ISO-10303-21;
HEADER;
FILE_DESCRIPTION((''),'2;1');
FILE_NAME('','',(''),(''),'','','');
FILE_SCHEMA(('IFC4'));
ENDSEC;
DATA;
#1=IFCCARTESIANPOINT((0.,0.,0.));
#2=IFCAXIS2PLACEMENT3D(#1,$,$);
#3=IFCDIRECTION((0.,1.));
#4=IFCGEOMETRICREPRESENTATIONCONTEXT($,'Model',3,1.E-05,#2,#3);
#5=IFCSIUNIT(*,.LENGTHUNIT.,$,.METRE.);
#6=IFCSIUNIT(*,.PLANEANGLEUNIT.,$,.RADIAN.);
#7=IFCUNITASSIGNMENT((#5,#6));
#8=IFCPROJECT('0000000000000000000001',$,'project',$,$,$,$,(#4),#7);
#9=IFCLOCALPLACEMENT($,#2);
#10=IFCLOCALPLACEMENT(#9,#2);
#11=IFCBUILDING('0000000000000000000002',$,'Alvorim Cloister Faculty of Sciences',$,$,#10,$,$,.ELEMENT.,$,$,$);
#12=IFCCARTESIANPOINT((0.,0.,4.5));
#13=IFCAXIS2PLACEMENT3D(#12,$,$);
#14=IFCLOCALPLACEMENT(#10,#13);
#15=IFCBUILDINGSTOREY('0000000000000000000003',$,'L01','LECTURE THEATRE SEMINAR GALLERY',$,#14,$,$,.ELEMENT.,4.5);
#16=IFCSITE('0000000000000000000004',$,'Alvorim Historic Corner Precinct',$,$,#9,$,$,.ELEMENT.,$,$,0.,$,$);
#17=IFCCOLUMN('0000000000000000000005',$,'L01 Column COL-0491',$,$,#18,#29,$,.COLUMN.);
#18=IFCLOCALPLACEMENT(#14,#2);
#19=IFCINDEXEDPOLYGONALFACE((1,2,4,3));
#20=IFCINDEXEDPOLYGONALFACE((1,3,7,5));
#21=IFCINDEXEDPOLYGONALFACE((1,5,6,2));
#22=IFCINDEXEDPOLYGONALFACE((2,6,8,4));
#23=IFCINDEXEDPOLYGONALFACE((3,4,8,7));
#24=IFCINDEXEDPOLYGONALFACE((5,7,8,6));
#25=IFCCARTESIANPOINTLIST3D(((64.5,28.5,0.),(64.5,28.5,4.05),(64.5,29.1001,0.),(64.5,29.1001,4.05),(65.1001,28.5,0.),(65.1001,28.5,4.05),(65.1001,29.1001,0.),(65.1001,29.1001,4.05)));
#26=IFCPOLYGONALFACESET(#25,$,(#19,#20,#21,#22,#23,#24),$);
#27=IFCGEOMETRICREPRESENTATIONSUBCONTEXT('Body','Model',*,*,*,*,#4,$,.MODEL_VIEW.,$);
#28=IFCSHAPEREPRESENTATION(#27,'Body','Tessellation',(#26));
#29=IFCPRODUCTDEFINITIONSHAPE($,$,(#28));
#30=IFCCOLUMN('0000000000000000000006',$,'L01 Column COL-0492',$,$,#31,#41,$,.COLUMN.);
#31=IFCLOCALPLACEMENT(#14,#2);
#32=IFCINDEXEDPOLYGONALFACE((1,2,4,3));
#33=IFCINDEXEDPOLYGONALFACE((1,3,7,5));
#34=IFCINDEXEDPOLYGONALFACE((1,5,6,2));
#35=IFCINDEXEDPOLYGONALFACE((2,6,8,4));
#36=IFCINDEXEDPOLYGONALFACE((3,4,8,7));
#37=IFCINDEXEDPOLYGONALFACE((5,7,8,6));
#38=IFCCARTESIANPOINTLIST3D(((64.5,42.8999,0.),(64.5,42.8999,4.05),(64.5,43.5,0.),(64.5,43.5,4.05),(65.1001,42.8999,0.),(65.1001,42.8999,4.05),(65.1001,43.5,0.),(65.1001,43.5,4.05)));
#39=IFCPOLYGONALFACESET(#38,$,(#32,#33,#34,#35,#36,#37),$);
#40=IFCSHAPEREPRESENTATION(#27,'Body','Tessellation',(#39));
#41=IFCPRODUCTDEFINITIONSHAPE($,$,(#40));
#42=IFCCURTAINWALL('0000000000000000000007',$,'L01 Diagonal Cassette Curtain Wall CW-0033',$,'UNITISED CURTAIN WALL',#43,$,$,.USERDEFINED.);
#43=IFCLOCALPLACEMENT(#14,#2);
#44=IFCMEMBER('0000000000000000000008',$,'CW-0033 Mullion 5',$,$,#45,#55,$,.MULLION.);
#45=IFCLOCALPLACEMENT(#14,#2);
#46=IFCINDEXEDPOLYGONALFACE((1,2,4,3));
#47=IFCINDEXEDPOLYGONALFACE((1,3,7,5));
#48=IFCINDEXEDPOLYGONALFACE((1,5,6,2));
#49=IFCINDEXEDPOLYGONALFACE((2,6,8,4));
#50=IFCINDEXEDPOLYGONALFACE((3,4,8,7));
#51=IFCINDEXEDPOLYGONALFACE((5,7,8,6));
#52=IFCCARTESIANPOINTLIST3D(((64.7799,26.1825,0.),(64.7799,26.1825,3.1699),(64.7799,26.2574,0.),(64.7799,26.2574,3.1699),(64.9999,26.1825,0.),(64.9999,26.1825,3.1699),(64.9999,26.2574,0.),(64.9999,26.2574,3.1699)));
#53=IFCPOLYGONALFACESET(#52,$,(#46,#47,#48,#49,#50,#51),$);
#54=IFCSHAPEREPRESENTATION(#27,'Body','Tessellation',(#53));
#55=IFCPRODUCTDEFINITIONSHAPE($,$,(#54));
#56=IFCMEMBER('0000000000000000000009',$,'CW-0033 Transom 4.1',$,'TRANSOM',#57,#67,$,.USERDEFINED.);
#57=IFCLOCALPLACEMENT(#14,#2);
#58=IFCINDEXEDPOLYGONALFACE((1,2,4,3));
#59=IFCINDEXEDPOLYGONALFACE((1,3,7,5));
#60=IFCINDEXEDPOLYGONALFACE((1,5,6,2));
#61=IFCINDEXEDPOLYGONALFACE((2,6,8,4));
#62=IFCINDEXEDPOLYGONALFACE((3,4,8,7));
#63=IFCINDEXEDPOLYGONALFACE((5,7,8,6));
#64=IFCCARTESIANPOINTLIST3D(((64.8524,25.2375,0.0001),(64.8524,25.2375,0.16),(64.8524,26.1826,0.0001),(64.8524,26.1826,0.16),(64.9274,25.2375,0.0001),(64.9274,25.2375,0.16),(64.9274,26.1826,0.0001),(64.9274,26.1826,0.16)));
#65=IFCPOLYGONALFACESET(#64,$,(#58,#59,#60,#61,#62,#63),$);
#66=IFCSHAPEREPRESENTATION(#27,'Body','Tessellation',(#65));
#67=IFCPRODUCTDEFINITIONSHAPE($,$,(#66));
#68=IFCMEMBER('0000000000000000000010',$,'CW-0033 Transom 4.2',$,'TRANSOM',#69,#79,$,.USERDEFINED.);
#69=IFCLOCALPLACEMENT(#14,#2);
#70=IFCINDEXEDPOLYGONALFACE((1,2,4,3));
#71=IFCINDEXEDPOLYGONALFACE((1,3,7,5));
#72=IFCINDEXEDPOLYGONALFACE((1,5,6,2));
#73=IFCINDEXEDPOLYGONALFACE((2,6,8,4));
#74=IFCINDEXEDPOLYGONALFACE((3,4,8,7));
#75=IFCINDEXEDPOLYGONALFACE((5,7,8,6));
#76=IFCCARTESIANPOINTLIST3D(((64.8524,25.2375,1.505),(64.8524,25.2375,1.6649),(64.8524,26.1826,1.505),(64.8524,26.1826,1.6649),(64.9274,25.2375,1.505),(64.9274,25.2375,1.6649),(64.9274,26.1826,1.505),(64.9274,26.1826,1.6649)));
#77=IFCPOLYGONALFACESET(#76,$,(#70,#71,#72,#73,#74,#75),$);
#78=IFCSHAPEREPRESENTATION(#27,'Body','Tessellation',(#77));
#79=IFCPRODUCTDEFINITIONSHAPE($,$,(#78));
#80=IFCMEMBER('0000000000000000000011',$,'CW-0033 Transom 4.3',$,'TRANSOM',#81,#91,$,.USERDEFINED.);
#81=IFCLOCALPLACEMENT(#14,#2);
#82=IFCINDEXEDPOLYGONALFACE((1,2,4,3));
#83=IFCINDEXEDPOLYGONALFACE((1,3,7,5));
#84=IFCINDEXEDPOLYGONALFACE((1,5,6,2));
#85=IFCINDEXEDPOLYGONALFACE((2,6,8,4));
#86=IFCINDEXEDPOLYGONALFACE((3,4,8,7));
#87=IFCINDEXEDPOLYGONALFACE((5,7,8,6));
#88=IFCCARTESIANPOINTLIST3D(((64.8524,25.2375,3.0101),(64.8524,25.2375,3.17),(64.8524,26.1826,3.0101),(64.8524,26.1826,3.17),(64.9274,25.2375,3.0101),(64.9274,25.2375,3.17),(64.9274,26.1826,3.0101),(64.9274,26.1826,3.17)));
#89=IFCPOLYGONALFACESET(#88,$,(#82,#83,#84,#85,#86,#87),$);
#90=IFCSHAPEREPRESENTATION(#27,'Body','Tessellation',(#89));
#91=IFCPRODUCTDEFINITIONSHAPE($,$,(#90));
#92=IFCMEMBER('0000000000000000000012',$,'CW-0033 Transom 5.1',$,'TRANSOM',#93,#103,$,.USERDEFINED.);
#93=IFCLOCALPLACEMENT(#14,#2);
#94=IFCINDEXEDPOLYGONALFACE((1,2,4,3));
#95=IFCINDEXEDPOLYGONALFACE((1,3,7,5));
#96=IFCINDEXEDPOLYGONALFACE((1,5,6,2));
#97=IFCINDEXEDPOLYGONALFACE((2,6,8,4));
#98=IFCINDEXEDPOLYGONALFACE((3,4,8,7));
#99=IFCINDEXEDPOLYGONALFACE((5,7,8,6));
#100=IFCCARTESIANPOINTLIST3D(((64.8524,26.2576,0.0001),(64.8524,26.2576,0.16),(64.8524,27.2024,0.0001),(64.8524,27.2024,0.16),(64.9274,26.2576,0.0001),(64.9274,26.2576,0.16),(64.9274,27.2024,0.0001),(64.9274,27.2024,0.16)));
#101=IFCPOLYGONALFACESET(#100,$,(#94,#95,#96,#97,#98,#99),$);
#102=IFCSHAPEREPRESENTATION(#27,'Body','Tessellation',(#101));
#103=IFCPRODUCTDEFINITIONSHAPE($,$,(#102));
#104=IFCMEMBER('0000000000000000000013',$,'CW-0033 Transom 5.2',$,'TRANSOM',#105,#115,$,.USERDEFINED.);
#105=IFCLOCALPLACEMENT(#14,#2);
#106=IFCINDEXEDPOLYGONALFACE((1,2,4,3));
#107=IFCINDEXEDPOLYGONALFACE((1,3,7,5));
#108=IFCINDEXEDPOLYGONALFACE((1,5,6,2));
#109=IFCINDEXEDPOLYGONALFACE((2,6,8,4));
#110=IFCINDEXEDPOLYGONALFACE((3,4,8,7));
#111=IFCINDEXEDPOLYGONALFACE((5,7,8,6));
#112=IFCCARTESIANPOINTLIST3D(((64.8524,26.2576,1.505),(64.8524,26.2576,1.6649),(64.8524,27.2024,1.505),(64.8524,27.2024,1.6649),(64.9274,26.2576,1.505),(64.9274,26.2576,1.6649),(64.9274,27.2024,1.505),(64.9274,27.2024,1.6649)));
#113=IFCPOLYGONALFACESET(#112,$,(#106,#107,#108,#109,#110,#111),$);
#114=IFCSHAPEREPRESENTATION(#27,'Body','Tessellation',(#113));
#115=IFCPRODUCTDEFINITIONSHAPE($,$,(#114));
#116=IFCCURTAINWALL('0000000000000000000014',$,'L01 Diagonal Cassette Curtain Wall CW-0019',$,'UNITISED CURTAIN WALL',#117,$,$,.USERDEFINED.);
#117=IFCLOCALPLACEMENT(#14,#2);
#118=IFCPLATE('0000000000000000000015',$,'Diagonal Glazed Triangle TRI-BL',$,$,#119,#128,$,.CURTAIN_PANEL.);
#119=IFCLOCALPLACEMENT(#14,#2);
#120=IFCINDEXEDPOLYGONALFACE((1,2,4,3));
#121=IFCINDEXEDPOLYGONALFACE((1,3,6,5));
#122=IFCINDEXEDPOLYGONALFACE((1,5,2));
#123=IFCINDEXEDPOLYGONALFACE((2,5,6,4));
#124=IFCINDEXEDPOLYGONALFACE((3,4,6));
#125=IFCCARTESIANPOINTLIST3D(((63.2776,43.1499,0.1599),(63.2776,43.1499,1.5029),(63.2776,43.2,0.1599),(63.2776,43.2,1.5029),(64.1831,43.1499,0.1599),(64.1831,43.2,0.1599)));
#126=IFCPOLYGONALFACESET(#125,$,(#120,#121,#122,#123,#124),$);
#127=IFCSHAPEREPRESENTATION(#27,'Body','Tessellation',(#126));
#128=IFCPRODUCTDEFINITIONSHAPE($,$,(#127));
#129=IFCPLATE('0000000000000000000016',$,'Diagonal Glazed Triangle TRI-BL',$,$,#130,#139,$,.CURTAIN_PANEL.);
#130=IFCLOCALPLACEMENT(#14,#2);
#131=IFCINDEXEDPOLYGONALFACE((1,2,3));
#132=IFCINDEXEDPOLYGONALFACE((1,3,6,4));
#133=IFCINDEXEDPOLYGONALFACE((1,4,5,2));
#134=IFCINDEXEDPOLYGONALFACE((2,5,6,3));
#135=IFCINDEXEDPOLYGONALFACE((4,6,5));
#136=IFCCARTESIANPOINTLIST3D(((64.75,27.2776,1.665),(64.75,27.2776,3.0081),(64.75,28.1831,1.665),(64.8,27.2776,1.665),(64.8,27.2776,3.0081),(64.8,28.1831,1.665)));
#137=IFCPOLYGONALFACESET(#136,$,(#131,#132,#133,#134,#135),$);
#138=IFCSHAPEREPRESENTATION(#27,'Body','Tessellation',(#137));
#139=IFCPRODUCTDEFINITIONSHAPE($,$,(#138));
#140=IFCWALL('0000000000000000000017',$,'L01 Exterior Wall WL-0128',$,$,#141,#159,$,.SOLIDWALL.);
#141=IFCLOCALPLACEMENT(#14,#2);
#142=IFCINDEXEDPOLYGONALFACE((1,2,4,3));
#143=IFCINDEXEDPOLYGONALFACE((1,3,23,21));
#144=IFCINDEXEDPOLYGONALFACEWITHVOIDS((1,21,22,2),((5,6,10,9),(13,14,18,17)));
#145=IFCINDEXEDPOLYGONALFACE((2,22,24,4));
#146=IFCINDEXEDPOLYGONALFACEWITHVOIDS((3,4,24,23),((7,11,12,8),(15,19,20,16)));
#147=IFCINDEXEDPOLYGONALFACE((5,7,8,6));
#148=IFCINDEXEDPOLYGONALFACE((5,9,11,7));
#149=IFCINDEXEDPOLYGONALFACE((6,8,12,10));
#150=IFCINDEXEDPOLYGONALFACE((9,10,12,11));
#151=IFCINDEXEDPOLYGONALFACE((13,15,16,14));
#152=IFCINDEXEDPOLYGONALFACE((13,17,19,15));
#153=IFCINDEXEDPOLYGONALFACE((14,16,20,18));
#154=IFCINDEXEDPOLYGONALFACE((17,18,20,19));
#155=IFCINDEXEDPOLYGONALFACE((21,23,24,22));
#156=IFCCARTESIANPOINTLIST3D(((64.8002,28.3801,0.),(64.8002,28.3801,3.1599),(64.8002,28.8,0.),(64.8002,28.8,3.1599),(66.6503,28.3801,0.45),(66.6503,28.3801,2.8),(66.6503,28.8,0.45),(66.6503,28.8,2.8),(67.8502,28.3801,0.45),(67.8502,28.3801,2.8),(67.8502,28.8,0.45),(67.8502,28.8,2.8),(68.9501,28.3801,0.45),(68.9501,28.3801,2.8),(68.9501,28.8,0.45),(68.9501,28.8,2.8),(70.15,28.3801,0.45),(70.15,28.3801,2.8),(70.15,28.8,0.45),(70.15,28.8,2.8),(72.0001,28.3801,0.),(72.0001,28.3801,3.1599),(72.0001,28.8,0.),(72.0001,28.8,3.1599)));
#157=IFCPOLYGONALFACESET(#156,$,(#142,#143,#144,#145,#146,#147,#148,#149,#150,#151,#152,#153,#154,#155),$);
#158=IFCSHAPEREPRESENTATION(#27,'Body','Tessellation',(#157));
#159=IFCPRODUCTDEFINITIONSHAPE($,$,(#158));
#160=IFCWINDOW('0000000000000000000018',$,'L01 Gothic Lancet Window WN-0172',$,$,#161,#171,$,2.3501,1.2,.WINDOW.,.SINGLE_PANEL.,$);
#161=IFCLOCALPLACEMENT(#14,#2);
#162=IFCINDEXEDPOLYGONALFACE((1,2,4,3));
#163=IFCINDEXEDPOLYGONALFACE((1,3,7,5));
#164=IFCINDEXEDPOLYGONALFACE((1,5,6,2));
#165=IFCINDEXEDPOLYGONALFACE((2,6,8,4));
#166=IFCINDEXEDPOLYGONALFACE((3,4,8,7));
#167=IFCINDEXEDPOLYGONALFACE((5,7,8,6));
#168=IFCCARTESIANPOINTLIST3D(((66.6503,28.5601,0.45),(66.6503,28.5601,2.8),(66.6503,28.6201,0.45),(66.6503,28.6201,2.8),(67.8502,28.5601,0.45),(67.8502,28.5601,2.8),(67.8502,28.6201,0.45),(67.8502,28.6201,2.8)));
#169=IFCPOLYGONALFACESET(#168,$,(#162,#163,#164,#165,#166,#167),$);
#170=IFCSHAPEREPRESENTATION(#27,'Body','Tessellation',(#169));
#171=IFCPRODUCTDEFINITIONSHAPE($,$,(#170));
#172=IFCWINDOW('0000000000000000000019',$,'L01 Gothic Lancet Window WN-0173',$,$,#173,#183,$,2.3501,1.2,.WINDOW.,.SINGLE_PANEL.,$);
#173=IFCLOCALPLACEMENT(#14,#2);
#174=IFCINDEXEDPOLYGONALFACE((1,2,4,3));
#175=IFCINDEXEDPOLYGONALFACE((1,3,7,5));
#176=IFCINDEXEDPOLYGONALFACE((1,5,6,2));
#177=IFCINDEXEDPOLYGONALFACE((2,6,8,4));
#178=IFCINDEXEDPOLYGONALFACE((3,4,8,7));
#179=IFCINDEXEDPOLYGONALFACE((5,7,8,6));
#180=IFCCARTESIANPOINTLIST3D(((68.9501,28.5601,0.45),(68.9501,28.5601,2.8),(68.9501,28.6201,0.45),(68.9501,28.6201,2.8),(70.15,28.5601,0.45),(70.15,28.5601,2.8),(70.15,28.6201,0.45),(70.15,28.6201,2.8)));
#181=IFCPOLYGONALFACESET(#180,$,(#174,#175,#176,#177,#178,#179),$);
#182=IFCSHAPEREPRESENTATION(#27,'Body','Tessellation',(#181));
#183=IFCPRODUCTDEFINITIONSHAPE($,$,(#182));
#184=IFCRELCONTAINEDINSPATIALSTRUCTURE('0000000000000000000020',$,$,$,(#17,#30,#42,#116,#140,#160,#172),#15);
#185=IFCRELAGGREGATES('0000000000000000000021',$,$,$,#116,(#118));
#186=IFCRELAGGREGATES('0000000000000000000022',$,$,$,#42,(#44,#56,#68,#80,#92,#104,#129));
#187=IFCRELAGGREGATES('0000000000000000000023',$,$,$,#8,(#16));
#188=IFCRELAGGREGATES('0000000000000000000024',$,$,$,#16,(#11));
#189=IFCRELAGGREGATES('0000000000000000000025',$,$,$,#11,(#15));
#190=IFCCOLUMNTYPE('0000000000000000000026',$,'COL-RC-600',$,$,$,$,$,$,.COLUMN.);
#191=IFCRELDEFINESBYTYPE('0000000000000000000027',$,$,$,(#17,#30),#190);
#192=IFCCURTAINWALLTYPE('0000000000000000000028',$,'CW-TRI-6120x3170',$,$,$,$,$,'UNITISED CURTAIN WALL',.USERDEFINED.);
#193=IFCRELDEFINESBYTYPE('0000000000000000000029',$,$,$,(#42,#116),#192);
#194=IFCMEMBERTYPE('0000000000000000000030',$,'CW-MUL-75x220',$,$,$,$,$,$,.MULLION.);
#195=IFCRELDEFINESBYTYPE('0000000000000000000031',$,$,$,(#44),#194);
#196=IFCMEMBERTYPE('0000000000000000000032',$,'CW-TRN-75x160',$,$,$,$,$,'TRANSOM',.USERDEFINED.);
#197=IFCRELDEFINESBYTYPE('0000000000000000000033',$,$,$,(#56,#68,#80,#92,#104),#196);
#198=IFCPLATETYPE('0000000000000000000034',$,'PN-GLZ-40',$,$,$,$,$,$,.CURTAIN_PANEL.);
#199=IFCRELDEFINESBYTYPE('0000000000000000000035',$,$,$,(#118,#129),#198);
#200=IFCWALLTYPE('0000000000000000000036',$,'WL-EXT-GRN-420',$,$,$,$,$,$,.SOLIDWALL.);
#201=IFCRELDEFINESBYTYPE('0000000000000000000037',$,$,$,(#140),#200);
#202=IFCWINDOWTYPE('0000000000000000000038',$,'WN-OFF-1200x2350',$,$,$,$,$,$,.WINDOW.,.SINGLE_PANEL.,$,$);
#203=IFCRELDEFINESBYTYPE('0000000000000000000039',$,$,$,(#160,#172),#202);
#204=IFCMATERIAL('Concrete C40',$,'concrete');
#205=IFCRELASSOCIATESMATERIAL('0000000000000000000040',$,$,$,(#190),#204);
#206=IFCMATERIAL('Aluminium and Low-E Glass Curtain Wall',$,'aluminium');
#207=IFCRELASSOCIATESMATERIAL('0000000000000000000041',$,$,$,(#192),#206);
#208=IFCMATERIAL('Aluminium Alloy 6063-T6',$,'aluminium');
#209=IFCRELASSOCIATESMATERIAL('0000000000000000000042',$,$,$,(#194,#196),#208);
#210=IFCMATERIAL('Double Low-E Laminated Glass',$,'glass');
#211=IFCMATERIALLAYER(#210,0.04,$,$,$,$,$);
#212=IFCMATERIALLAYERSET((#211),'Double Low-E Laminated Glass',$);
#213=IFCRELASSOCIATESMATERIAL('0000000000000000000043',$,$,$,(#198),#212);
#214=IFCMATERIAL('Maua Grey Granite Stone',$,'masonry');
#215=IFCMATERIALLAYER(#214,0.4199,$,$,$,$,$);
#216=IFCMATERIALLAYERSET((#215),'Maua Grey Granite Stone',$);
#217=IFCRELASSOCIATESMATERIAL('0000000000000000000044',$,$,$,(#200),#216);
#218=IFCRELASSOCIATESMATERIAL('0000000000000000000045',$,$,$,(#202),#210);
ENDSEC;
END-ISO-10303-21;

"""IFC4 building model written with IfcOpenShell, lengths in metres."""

from ifc_helpers import new_model, si_unit, direction, frame, frame_2d, origin, origin_2d, place, context, subcontext, project, spatial, polyline, rectangle, outline, extrude, material, layer, layer_set, material_profile, profile_set, type_object, element, fill, aggregate, save


model = new_model("IFC4")

# Units and contexts
model_context = context("Model", 3, precision=1e-05, world=origin(), true_north=direction((0.0, 1.0)))
body_context = subcontext(model_context, "Body", "Model", "MODEL_VIEW")
ifc_project = project(units=[si_unit("LENGTHUNIT", "METRE"), si_unit("PLANEANGLEUNIT", "RADIAN")], contexts=[model_context])

# Site, building, storey
site_placement = place(None, origin())
site = spatial("IfcSite", under=ifc_project, at=site_placement, Name="Alvorim Historic Corner Precinct", CompositionType="ELEMENT", RefElevation=0.0)
building_placement = place(site_placement, origin())
building = spatial("IfcBuilding", under=site, at=building_placement, Name="Alvorim Cloister Faculty of Sciences", CompositionType="ELEMENT")
storey_placement = place(building_placement, frame((0.0, 0.0, 4.5)))
storey = spatial("IfcBuildingStorey", under=building, at=storey_placement, Name="L01", Description="LECTURE THEATRE SEMINAR GALLERY", CompositionType="ELEMENT", Elevation=4.5)

# Columns
ifc_material_1 = material(Name="Concrete C40", Category="concrete")
ifc_material_profile_1 = material_profile(ifc_material_1, rectangle(XDim=0.6001, YDim=0.6001, at=origin_2d()), Name="RC40-COL-600x600")
ifc_profile_set_1 = profile_set([ifc_material_profile_1], Name="Concrete C40")
column_type = type_object("IfcColumnType", Name="COL-RC-600", PredefinedType="COLUMN", material=ifc_profile_set_1)
for number, where, z_axis, x_axis, name in (
    (1, (64.8, 28.8, 0.0), (0.0, 0.0, 1.0), (1.0, 0.0, 0.0), "L01 Column COL-0491"),
    (2, (64.8, 43.2, 0.0), (0.0, 0.0, 1.0), (1.0, 0.0, 0.0), "L01 Column COL-0492"),
):
    element("IfcColumn", number, at=place(storey_placement, frame(where, z_axis=z_axis, x_axis=x_axis)), inside=storey, type_object=column_type, Name=name, PredefinedType="COLUMN", context=body_context, shape_type="SweptSolid", body=[
        extrude(rectangle(XDim=0.6001, YDim=0.6001, at=origin_2d()), origin(), (0.0, 0.0, 1.0), 4.05),
    ])

# Curtain wall, members
ifc_material_2 = material(Name="Aluminium and Low-E Glass Curtain Wall", Category="aluminium")
curtain_wall_type = type_object("IfcCurtainWallType", Name="CW-TRI-6120x3170", ElementType="UNITISED CURTAIN WALL", PredefinedType="USERDEFINED", material=ifc_material_2)
curtain_wall_1_placement = place(storey_placement, origin())
curtain_wall_1 = element("IfcCurtainWall", 3, at=curtain_wall_1_placement, inside=storey, type_object=curtain_wall_type, Name="L01 Diagonal Cassette Curtain Wall CW-0033", ObjectType="UNITISED CURTAIN WALL", PredefinedType="USERDEFINED")
ifc_material_3 = material(Name="Aluminium Alloy 6063-T6", Category="aluminium")
ifc_material_profile_2 = material_profile(ifc_material_3, rectangle(XDim=0.075, YDim=0.22, at=origin_2d()), Name="ALU-MUL-75x220")
ifc_profile_set_2 = profile_set([ifc_material_profile_2], Name="Aluminium Alloy 6063-T6")
member_type_1 = type_object("IfcMemberType", Name="CW-MUL-75x220", PredefinedType="MULLION", material=ifc_profile_set_2)
member_1_placement = place(storey_placement, frame((64.8899, 26.22, 0.0), z_axis=(0.0, 0.0, 1.0), x_axis=(0.0, 1.0, 0.0)))
member_1 = element("IfcMember", 4, at=member_1_placement, type_object=member_type_1, Name="CW-0033 Mullion 5", PredefinedType="MULLION", context=body_context, shape_type="SweptSolid", body=[
    extrude(rectangle(XDim=0.075, YDim=0.22, at=origin_2d()), origin(), (0.0, 0.0, 1.0), 3.1699),
])
ifc_material_profile_3 = material_profile(ifc_material_3, rectangle(XDim=0.075, YDim=0.1599, at=origin_2d()), Name="ALU-TRN-75x160")
ifc_profile_set_3 = profile_set([ifc_material_profile_3], Name="Aluminium Alloy 6063-T6")
member_type_2 = type_object("IfcMemberType", Name="CW-TRN-75x160", ElementType="TRANSOM", PredefinedType="USERDEFINED", material=ifc_profile_set_3)
member_2_placement = place(storey_placement, frame((64.8899, 25.2375, 0.0801), z_axis=(0.0, 1.0, 0.0), x_axis=(-1.0, 0.0, 0.0)))
member_2 = element("IfcMember", 5, at=member_2_placement, type_object=member_type_2, Name="CW-0033 Transom 4.1", ObjectType="TRANSOM", PredefinedType="USERDEFINED", context=body_context, shape_type="SweptSolid", body=[
    extrude(rectangle(XDim=0.075, YDim=0.1599, at=origin_2d()), origin(), (0.0, 0.0, 1.0), 0.9451),
])
member_3_placement = place(storey_placement, frame((64.8899, 25.2375, 1.585), z_axis=(0.0, 1.0, 0.0), x_axis=(-1.0, 0.0, 0.0)))
member_3 = element("IfcMember", 6, at=member_3_placement, type_object=member_type_2, Name="CW-0033 Transom 4.2", ObjectType="TRANSOM", PredefinedType="USERDEFINED", context=body_context, shape_type="SweptSolid", body=[
    extrude(rectangle(XDim=0.075, YDim=0.1599, at=origin_2d()), origin(), (0.0, 0.0, 1.0), 0.9451),
])
member_4_placement = place(storey_placement, frame((64.8899, 25.2375, 3.0901), z_axis=(0.0, 1.0, 0.0), x_axis=(-1.0, 0.0, 0.0)))
member_4 = element("IfcMember", 7, at=member_4_placement, type_object=member_type_2, Name="CW-0033 Transom 4.3", ObjectType="TRANSOM", PredefinedType="USERDEFINED", context=body_context, shape_type="SweptSolid", body=[
    extrude(rectangle(XDim=0.075, YDim=0.1599, at=origin_2d()), origin(), (0.0, 0.0, 1.0), 0.9451),
])
member_5_placement = place(storey_placement, frame((64.8899, 26.2576, 0.0801), z_axis=(0.0, 1.0, 0.0), x_axis=(-1.0, 0.0, 0.0)))
member_5 = element("IfcMember", 8, at=member_5_placement, type_object=member_type_2, Name="CW-0033 Transom 5.1", ObjectType="TRANSOM", PredefinedType="USERDEFINED", context=body_context, shape_type="SweptSolid", body=[
    extrude(rectangle(XDim=0.075, YDim=0.1599, at=origin_2d()), origin(), (0.0, 0.0, 1.0), 0.9448),
])
member_6_placement = place(storey_placement, frame((64.8899, 26.2576, 1.585), z_axis=(0.0, 1.0, 0.0), x_axis=(-1.0, 0.0, 0.0)))
member_6 = element("IfcMember", 9, at=member_6_placement, type_object=member_type_2, Name="CW-0033 Transom 5.2", ObjectType="TRANSOM", PredefinedType="USERDEFINED", context=body_context, shape_type="SweptSolid", body=[
    extrude(rectangle(XDim=0.075, YDim=0.1599, at=origin_2d()), origin(), (0.0, 0.0, 1.0), 0.9448),
])

# Curtain wall, plate
curtain_wall_2_placement = place(storey_placement, origin())
curtain_wall_2 = element("IfcCurtainWall", 10, at=curtain_wall_2_placement, inside=storey, type_object=curtain_wall_type, Name="L01 Diagonal Cassette Curtain Wall CW-0019", ObjectType="UNITISED CURTAIN WALL", PredefinedType="USERDEFINED")
ifc_material_4 = material(Name="Double Low-E Laminated Glass", Category="glass")
ifc_layer_1 = layer(ifc_material_4, 0.04)
ifc_layer_set_1 = layer_set([ifc_layer_1], Name="Double Low-E Laminated Glass")
plate_type = type_object("IfcPlateType", Name="PN-GLZ-40", PredefinedType="CURTAIN_PANEL", material=ifc_layer_set_1)
plate_1_placement = place(storey_placement, frame((63.2776, 43.175, 0.1599), z_axis=(0.0, 0.0, 1.0), x_axis=(1.0, 0.0, 0.0)))
plate_1 = element("IfcPlate", 11, at=plate_1_placement, type_object=plate_type, Name="Diagonal Glazed Triangle TRI-BL", PredefinedType="CURTAIN_PANEL", context=body_context, shape_type="SweptSolid", body=[
    extrude(outline(polyline([(0.0, 0.0), (0.9055, 0.0), (0.0, 1.343), (0.0, 0.0)])), frame((0.0, 0.0249, 0.0), z_axis=(0.0, -1.0, 0.0), x_axis=(1.0, 0.0, 0.0)), (0.0, 0.0, 1.0), 0.05),
])
aggregate(curtain_wall_2, [plate_1])

# Plate
plate_2_placement = place(storey_placement, frame((64.7749, 27.2776, 1.665), z_axis=(0.0, 0.0, 1.0), x_axis=(0.0, 1.0, 0.0)))
plate_2 = element("IfcPlate", 12, at=plate_2_placement, type_object=plate_type, Name="Diagonal Glazed Triangle TRI-BL", PredefinedType="CURTAIN_PANEL", context=body_context, shape_type="SweptSolid", body=[
    extrude(outline(polyline([(0.0, 0.0), (0.9055, 0.0), (0.0, 1.343), (0.0, 0.0)])), frame((0.0, 0.0249, 0.0), z_axis=(0.0, -1.0, 0.0), x_axis=(1.0, 0.0, 0.0)), (0.0, 0.0, 1.0), 0.05),
])
aggregate(curtain_wall_1, [member_1, member_2, member_3, member_4, member_5, member_6, plate_2])

# Wall, openings, windows
ifc_material_5 = material(Name="Maua Grey Granite Stone", Category="masonry")
ifc_layer_2 = layer(ifc_material_5, 0.4199)
ifc_layer_set_2 = layer_set([ifc_layer_2], Name="Maua Grey Granite Stone")
wall_type = type_object("IfcWallType", Name="WL-EXT-GRN-420", PredefinedType="SOLIDWALL", material=ifc_layer_set_2)
wall_placement = place(storey_placement, frame((64.8, 28.5901, 0.0), z_axis=(0.0, 0.0, 1.0), x_axis=(1.0, 0.0, 0.0)))
wall = element("IfcWall", 13, at=wall_placement, inside=storey, type_object=wall_type, Name="L01 Exterior Wall WL-0128", PredefinedType="SOLIDWALL", context=body_context, shape_type="SweptSolid", body=[
    extrude(rectangle(XDim=7.2, YDim=0.4199, at=frame_2d((3.6001, 0.0))), origin(), (0.0, 0.0, 1.0), 3.1599),
])
opening_1_placement = place(wall_placement, frame((1.8501, 0.0, 0.45)))
opening_1 = element("IfcOpeningElement", 14, at=opening_1_placement, cuts=wall, PredefinedType="OPENING", context=body_context, shape_type="SweptSolid", body=[
    extrude(rectangle(XDim=1.2, YDim=2.3501, at=frame_2d((0.6001, 1.175))), frame((0.0, 0.2219, 0.0), z_axis=(0.0, -1.0, 0.0), x_axis=(1.0, 0.0, 0.0)), (0.0, 0.0, 1.0), 0.4438),
])
opening_2_placement = place(wall_placement, frame((4.1499, 0.0, 0.45)))
opening_2 = element("IfcOpeningElement", 15, at=opening_2_placement, cuts=wall, PredefinedType="OPENING", context=body_context, shape_type="SweptSolid", body=[
    extrude(rectangle(XDim=1.2, YDim=2.3501, at=frame_2d((0.6001, 1.175))), frame((0.0, 0.2219, 0.0), z_axis=(0.0, -1.0, 0.0), x_axis=(1.0, 0.0, 0.0)), (0.0, 0.0, 1.0), 0.4438),
])
window_type = type_object("IfcWindowType", Name="WN-OFF-1200x2350", PartitioningType="SINGLE_PANEL", PredefinedType="WINDOW", material=ifc_material_4)
window_1_placement = place(opening_1_placement, origin())
window_1 = element("IfcWindow", 16, at=window_1_placement, inside=storey, type_object=window_type, Name="L01 Gothic Lancet Window WN-0172", OverallHeight=2.3501, OverallWidth=1.2, PartitioningType="SINGLE_PANEL", PredefinedType="WINDOW", context=body_context, shape_type="SweptSolid", body=[
    extrude(rectangle(XDim=1.2, YDim=2.3501, at=frame_2d((0.6001, 1.175))), frame((0.0, 0.03, 0.0), z_axis=(0.0, -1.0, 0.0), x_axis=(1.0, 0.0, 0.0)), (0.0, 0.0, 1.0), 0.0601),
])
fill(opening_1, window_1)
window_2_placement = place(opening_2_placement, origin())
window_2 = element("IfcWindow", 17, at=window_2_placement, inside=storey, type_object=window_type, Name="L01 Gothic Lancet Window WN-0173", OverallHeight=2.3501, OverallWidth=1.2, PartitioningType="SINGLE_PANEL", PredefinedType="WINDOW", context=body_context, shape_type="SweptSolid", body=[
    extrude(rectangle(XDim=1.2, YDim=2.3501, at=frame_2d((0.6001, 1.175))), frame((0.0, 0.03, 0.0), z_axis=(0.0, -1.0, 0.0), x_axis=(1.0, 0.0, 0.0)), (0.0, 0.0, 1.0), 0.0601),
])
fill(opening_2, window_2)

save(model, "model.ifc")
